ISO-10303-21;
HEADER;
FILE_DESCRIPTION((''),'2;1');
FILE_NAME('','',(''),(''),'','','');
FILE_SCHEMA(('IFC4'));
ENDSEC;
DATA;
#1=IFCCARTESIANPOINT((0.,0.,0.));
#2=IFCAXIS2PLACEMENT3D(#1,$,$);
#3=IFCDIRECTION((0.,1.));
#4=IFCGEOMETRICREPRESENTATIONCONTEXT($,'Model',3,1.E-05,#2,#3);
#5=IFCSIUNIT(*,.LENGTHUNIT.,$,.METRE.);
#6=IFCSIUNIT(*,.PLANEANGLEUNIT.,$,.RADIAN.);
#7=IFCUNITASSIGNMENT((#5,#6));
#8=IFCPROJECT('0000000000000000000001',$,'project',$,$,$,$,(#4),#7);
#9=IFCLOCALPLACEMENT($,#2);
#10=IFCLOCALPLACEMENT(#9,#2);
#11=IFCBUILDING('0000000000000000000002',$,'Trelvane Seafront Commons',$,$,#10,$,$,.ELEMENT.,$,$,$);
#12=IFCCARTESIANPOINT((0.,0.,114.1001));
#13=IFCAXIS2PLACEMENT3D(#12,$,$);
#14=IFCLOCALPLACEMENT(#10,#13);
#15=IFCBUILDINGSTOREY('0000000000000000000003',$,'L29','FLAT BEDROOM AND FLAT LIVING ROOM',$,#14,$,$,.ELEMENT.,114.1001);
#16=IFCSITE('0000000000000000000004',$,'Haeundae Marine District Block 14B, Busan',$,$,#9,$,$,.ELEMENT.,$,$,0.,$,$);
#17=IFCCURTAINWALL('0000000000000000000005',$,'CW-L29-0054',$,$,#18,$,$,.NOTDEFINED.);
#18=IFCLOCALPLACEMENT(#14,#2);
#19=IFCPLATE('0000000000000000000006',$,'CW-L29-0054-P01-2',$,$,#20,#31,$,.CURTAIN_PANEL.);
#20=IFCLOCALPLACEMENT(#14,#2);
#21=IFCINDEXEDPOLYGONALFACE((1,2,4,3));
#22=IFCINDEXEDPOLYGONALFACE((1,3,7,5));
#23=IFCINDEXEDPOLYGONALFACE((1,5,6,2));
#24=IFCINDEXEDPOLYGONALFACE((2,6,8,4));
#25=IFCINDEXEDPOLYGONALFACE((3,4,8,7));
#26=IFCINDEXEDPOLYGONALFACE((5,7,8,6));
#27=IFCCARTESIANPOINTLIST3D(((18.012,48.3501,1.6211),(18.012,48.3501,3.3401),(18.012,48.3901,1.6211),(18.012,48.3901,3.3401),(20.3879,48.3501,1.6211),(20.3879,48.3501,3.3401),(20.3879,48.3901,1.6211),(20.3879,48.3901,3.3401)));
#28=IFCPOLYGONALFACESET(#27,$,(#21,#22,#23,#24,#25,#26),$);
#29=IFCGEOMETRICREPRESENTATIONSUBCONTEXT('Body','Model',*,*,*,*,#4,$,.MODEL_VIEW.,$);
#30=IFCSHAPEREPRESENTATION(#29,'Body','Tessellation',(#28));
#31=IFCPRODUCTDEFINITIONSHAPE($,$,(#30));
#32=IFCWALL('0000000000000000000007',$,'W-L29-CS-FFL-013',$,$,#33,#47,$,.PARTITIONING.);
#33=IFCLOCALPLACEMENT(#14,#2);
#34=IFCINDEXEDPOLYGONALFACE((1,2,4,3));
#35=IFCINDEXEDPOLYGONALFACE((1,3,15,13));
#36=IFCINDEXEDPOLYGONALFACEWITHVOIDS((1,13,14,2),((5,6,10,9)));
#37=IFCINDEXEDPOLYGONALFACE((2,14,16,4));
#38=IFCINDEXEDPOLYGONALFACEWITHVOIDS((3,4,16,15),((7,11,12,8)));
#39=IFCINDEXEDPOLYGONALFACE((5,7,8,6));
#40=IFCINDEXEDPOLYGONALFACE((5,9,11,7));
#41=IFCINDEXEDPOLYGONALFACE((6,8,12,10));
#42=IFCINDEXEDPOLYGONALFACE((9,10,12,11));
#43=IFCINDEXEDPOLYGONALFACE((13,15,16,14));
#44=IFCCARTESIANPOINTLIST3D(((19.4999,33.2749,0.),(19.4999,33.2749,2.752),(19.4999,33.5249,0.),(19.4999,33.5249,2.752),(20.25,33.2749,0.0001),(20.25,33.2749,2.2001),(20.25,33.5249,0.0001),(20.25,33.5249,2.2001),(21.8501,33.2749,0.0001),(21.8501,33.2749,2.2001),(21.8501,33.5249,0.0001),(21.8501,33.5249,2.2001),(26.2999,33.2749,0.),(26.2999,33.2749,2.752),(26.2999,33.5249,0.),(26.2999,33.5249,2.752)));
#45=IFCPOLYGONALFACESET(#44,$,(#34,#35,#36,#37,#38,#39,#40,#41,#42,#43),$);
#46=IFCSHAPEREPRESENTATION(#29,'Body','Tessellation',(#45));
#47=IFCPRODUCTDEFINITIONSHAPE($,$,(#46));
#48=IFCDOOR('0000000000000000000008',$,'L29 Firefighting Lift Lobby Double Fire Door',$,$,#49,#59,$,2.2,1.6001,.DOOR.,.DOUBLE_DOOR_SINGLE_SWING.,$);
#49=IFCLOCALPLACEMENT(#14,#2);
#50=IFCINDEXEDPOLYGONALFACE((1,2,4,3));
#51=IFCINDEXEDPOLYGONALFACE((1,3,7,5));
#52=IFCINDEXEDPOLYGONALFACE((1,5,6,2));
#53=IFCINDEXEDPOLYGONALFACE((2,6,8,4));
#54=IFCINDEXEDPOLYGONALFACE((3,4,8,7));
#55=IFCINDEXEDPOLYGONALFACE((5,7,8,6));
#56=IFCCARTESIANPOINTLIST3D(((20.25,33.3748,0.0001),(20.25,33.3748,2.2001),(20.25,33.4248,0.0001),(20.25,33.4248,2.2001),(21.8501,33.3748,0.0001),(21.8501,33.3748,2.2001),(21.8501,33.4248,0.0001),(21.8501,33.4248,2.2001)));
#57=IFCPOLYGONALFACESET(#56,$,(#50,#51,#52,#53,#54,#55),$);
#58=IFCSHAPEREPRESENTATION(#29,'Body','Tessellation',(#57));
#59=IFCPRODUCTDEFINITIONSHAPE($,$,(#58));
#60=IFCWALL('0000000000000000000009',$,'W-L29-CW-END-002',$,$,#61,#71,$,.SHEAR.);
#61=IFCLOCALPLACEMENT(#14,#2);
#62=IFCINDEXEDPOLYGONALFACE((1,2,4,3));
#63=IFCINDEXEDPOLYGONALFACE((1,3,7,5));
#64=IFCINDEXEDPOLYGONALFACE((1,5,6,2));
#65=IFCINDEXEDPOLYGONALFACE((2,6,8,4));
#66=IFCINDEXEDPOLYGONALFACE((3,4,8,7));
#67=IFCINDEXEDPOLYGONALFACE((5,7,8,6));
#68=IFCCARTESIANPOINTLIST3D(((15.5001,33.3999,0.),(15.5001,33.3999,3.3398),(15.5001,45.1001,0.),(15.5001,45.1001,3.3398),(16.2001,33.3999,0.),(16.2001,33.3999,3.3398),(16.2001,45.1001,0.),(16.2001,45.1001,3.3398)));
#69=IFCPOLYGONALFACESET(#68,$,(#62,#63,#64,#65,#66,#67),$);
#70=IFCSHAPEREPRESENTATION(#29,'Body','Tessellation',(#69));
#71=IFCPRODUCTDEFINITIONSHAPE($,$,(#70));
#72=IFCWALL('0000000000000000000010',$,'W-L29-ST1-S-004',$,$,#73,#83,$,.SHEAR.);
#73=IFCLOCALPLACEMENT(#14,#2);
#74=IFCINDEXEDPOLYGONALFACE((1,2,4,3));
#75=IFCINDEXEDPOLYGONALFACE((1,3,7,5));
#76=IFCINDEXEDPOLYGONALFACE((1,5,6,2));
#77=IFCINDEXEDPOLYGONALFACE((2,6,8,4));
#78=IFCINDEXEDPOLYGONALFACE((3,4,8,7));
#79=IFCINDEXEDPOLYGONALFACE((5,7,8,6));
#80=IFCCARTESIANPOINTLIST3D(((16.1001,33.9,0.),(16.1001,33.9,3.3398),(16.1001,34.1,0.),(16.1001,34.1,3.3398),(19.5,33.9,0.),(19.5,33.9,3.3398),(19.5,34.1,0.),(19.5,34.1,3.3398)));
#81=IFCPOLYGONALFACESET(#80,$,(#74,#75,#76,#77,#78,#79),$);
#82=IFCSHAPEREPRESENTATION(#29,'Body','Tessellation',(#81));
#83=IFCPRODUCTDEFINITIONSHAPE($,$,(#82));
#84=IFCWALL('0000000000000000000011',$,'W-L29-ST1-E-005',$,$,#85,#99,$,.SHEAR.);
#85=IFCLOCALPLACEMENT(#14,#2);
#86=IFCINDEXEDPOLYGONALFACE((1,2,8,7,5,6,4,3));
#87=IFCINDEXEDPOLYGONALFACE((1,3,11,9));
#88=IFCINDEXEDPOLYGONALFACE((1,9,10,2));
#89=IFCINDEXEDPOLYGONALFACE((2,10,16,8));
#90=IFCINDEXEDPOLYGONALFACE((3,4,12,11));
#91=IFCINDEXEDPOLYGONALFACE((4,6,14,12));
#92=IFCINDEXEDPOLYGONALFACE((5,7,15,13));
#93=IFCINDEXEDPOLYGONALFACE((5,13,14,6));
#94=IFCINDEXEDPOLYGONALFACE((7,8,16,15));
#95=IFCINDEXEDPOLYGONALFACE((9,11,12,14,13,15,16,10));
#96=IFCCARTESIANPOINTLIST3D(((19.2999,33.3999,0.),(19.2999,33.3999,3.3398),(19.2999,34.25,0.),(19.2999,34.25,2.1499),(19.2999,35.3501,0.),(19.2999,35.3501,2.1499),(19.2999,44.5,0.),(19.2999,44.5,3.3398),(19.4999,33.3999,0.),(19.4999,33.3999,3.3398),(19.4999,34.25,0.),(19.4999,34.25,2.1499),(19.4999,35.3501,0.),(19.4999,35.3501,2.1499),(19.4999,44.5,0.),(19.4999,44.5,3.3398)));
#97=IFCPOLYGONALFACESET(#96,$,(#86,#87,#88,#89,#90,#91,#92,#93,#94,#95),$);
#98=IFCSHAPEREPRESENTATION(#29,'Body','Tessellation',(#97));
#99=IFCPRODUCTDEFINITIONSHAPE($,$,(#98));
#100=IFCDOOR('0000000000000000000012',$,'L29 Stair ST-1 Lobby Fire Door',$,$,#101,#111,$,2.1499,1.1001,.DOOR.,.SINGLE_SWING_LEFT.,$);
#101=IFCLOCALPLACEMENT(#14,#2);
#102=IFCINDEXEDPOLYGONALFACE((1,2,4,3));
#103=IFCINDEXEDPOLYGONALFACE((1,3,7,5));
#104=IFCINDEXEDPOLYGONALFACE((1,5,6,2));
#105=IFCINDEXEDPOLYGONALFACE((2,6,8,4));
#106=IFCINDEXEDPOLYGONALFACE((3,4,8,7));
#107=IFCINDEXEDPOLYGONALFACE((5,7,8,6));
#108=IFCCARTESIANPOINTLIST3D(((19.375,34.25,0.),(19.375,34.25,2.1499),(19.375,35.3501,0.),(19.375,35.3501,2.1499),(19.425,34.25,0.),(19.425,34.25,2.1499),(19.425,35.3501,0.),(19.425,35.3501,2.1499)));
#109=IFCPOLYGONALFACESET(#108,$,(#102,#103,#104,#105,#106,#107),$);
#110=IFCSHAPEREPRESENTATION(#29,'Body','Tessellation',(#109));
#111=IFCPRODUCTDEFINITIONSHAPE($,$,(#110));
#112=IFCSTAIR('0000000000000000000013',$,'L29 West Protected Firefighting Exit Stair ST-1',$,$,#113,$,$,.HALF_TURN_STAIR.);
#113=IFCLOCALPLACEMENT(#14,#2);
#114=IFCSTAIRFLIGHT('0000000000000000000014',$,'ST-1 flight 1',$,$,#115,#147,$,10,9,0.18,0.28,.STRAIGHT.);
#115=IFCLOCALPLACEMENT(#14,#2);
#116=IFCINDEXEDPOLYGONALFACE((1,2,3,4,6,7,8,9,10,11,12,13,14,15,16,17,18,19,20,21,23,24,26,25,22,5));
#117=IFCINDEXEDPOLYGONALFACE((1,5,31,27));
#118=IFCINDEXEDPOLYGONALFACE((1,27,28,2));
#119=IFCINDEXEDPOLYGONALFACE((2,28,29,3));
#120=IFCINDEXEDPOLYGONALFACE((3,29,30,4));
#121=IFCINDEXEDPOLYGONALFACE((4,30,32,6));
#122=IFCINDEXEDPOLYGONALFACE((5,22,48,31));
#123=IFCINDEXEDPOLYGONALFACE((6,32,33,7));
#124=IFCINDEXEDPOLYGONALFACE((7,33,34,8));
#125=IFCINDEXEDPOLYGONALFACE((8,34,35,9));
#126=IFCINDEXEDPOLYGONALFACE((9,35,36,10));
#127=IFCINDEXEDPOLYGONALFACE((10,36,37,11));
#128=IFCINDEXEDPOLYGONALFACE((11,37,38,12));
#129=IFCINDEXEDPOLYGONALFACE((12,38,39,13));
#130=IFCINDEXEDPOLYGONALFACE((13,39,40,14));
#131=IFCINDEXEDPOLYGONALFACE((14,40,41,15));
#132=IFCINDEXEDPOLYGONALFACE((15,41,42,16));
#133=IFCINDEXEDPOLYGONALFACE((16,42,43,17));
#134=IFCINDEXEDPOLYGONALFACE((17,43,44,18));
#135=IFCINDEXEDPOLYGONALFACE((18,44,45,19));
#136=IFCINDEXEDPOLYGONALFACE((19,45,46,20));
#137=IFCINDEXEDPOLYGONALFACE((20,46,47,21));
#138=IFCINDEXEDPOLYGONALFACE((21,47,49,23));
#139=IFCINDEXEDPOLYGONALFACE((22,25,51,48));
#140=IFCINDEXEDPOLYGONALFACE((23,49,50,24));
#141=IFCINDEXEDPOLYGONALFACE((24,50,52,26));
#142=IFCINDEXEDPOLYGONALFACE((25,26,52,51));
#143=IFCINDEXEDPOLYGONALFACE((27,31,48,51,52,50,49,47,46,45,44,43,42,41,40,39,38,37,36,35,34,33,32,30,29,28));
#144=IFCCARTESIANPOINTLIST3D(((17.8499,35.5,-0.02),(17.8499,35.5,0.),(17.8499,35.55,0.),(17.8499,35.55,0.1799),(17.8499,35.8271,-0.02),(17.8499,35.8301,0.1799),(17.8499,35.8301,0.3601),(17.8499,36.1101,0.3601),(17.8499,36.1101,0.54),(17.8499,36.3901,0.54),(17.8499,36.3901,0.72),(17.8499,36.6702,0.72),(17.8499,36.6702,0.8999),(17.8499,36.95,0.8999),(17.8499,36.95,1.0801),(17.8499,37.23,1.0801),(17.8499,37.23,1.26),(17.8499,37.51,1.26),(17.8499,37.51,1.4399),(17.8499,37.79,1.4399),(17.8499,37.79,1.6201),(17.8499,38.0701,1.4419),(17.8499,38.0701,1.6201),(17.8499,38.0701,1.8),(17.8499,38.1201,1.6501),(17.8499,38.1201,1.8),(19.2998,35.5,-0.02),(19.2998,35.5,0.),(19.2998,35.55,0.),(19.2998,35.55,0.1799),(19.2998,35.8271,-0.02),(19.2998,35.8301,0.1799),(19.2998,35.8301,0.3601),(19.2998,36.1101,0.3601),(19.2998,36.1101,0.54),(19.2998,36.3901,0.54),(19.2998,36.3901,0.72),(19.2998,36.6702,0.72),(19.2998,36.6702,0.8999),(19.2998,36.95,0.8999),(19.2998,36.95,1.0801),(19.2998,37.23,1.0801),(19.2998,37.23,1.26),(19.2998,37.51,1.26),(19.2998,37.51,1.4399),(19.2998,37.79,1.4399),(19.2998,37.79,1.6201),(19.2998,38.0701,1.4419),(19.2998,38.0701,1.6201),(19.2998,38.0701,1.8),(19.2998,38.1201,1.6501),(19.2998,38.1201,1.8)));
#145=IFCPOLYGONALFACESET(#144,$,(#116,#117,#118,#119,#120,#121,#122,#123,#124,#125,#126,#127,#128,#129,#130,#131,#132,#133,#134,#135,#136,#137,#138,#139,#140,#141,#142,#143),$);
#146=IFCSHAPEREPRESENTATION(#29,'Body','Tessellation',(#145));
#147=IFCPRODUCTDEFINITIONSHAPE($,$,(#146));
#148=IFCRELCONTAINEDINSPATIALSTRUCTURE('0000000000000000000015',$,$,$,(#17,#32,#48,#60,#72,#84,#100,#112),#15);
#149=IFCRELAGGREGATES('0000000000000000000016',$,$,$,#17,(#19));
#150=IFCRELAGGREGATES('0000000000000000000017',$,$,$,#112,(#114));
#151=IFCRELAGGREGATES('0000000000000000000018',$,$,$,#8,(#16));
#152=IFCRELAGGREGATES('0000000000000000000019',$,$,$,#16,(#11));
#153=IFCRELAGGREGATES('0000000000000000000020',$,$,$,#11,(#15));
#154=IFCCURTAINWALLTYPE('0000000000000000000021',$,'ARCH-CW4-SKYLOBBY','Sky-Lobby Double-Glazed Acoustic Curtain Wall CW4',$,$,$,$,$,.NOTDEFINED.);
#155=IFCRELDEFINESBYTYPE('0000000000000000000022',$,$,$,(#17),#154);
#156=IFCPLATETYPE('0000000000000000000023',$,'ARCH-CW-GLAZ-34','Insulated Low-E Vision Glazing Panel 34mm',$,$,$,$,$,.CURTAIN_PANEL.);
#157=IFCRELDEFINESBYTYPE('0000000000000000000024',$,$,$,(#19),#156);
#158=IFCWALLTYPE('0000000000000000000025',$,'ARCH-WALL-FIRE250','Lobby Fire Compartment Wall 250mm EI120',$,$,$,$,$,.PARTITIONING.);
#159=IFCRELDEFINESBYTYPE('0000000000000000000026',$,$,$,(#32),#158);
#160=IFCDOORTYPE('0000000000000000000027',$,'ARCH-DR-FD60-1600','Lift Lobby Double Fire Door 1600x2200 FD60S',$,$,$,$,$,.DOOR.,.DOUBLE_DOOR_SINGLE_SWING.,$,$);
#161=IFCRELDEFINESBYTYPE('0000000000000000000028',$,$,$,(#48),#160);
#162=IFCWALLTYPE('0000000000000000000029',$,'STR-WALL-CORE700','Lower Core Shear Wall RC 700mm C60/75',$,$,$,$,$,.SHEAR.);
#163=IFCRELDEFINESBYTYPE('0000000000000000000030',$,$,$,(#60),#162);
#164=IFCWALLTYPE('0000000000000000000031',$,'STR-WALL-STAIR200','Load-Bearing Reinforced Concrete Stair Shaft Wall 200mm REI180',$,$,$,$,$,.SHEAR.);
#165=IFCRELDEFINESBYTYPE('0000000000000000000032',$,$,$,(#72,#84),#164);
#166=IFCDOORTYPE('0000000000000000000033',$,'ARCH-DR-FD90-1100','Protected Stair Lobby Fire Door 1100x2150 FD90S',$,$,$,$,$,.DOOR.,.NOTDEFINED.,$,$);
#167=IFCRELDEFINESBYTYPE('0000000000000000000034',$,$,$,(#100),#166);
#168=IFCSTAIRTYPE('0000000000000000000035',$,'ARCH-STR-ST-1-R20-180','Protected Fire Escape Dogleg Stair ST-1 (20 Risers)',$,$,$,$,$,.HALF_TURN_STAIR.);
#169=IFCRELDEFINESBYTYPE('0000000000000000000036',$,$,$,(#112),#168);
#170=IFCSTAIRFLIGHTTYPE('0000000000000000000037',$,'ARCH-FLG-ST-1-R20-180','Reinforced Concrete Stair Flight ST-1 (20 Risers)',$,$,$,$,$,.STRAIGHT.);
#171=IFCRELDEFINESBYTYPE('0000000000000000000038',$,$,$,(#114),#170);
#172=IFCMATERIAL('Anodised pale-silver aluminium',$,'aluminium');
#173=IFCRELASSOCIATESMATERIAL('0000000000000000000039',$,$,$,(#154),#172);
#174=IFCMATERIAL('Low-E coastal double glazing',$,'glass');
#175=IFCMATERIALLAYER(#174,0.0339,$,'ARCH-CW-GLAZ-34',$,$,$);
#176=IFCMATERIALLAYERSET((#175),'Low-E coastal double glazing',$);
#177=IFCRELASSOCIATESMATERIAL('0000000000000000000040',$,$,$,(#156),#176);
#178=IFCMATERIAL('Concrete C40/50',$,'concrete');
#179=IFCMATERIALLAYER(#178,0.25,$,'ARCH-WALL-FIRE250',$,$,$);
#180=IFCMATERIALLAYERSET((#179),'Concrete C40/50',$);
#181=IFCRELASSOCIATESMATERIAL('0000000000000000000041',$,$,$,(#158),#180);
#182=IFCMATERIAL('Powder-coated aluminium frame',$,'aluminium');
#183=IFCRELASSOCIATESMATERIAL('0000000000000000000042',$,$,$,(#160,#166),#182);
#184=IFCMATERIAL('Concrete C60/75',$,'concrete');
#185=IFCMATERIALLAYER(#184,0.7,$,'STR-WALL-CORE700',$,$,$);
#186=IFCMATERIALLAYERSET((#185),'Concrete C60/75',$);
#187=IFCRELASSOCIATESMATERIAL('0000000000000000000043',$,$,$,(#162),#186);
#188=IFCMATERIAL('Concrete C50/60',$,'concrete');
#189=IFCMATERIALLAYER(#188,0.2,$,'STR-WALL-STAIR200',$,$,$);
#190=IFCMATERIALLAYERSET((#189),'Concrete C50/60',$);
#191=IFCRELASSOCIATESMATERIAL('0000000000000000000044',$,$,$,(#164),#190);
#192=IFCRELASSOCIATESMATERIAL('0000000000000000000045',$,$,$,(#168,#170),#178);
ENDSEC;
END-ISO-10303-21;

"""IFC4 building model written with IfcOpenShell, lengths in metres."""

from ifc_helpers import new_model, si_unit, direction, frame, frame_2d, origin, origin_2d, place, context, subcontext, project, spatial, polyline, rectangle, outline, extrude, source, transform, mapped, material, layer, layer_set, type_object, element, fill, aggregate, save


model = new_model("IFC4")

# Units and contexts
model_context = context("Model", 3, precision=1e-05, world=origin(), true_north=direction((0.0, 1.0)))
body_context = subcontext(model_context, "Body", "Model", "MODEL_VIEW")
ifc_project = project(units=[si_unit("LENGTHUNIT", "METRE"), si_unit("PLANEANGLEUNIT", "RADIAN")], contexts=[model_context])

# Site, building, storey
site_placement = place(None, origin())
site = spatial("IfcSite", under=ifc_project, at=site_placement, Name="Haeundae Marine District Block 14B, Busan", CompositionType="ELEMENT", RefElevation=0.0)
building_placement = place(site_placement, origin())
building = spatial("IfcBuilding", under=site, at=building_placement, Name="Trelvane Seafront Commons", CompositionType="ELEMENT")
storey_placement = place(building_placement, frame((0.0, 0.0, 114.1001)))
storey = spatial("IfcBuildingStorey", under=building, at=storey_placement, Name="L29", Description="FLAT BEDROOM AND FLAT LIVING ROOM", CompositionType="ELEMENT", Elevation=114.1001)

# Shared definitions
ifc_material_1 = material(Name="Concrete C60/75", Category="concrete")

# Curtain wall
ifc_material_2 = material(Name="Anodised pale-silver aluminium", Category="aluminium")
curtain_wall_type = type_object("IfcCurtainWallType", Name="ARCH-CW4-SKYLOBBY", Description="Sky-Lobby Double-Glazed Acoustic Curtain Wall CW4", PredefinedType="NOTDEFINED", material=ifc_material_2)
curtain_wall_placement = place(storey_placement, origin())
curtain_wall = element("IfcCurtainWall", 1, at=curtain_wall_placement, inside=storey, type_object=curtain_wall_type, Name="CW-L29-0054", PredefinedType="NOTDEFINED")

# Plate
ifc_material_3 = material(Name="Low-E coastal double glazing", Category="glass")
ifc_layer_1 = layer(ifc_material_3, 0.0339, Name="ARCH-CW-GLAZ-34")
ifc_layer_set_1 = layer_set([ifc_layer_1], Name="Low-E coastal double glazing")
plate_type_1 = type_object("IfcPlateType", Name="ARCH-CW-GLAZ-34", Description="Insulated Low-E Vision Glazing Panel 34mm", PredefinedType="CURTAIN_PANEL", material=ifc_layer_set_1)
shared_shape_1 = source(origin(), body_context, "Body", "SweptSolid", [
    extrude(rectangle(XDim=2.376, YDim=0.04, at=origin_2d()), origin(), (0.0, 0.0, 1.0), 1.719),
])
plate_1_placement = place(storey_placement, frame((19.2, 48.3701, 1.6211), z_axis=(0.0, 0.0, 1.0), x_axis=(1.0, 0.0, 0.0)))
plate_1 = element("IfcPlate", 2, at=plate_1_placement, type_object=plate_type_1, Name="CW-L29-0054-P01-2", PredefinedType="CURTAIN_PANEL", context=body_context, shape_type="MappedRepresentation", body=[
    mapped(shared_shape_1, transform((0.0, 0.0, 0.0), x_axis=(1.0, 0.0, 0.0), y_axis=(0.0, 1.0, 0.0), z_axis=(0.0, 0.0, 1.0), scale=1.0)),
])
aggregate(curtain_wall, [plate_1])

# Wall, opening, door
ifc_material_4 = material(Name="Concrete C40/50", Category="concrete")
ifc_layer_2 = layer(ifc_material_4, 0.25, Name="ARCH-WALL-FIRE250")
ifc_layer_set_2 = layer_set([ifc_layer_2], Name="Concrete C40/50")
wall_type_1 = type_object("IfcWallType", Name="ARCH-WALL-FIRE250", Description="Lobby Fire Compartment Wall 250mm EI120", PredefinedType="PARTITIONING", material=ifc_layer_set_2)
wall_1_placement = place(storey_placement, frame((19.5, 33.3999, 0.0), z_axis=(0.0, 0.0, 1.0), x_axis=(1.0, 0.0, 0.0)))
wall_1 = element("IfcWall", 3, at=wall_1_placement, inside=storey, type_object=wall_type_1, Name="W-L29-CS-FFL-013", PredefinedType="PARTITIONING", context=body_context, shape_type="SweptSolid", body=[
    extrude(rectangle(XDim=6.8, YDim=0.25, at=frame_2d((3.3999, 0.0))), origin(), (0.0, 0.0, 1.0), 2.752),
])
opening_1_placement = place(wall_1_placement, frame((0.75, 0.0, 0.0)))
opening_1 = element("IfcOpeningElement", 4, at=opening_1_placement, cuts=wall_1, PredefinedType="OPENING", context=body_context, shape_type="SweptSolid", body=[
    extrude(rectangle(XDim=1.6001, YDim=2.2, at=frame_2d((0.8, 1.1001))), frame((0.0, 0.135, 0.0), z_axis=(0.0, -1.0, 0.0), x_axis=(1.0, 0.0, 0.0)), (0.0, 0.0, 1.0), 0.27),
])
ifc_material_5 = material(Name="Powder-coated aluminium frame", Category="aluminium")
door_type_1 = type_object("IfcDoorType", Name="ARCH-DR-FD60-1600", Description="Lift Lobby Double Fire Door 1600x2200 FD60S", OperationType="DOUBLE_DOOR_SINGLE_SWING", PredefinedType="DOOR", material=ifc_material_5)
shared_shape_2 = source(origin(), body_context, "Body", "SweptSolid", [
    extrude(rectangle(XDim=1.6001, YDim=2.2, at=frame_2d((0.8, 1.1001))), frame((0.0, 0.0249, 0.0), z_axis=(0.0, -1.0, 0.0), x_axis=(1.0, 0.0, 0.0)), (0.0, 0.0, 1.0), 0.05),
])
door_1_placement = place(opening_1_placement, origin())
door_1 = element("IfcDoor", 5, at=door_1_placement, inside=storey, type_object=door_type_1, Name="L29 Firefighting Lift Lobby Double Fire Door", OperationType="DOUBLE_DOOR_SINGLE_SWING", OverallHeight=2.2, OverallWidth=1.6001, PredefinedType="DOOR", context=body_context, shape_type="MappedRepresentation", body=[
    mapped(shared_shape_2, transform((0.0, 0.0, 0.0), x_axis=(1.0, 0.0, 0.0), y_axis=(0.0, 1.0, 0.0), z_axis=(0.0, 0.0, 1.0), scale=1.0)),
])
fill(opening_1, door_1)

# Shared definitions
shared_shape_3 = source(origin(), body_context, "Body", "SweptSolid", [
    extrude(rectangle(XDim=1.1001, YDim=2.1499, at=frame_2d((0.55, 1.075))), frame((0.0, 0.0249, 0.0), z_axis=(0.0, -1.0, 0.0), x_axis=(1.0, 0.0, 0.0)), (0.0, 0.0, 1.0), 0.05),
])

# Walls
ifc_layer_3 = layer(ifc_material_1, 0.7, Name="STR-WALL-CORE700")
ifc_layer_set_3 = layer_set([ifc_layer_3], Name="Concrete C60/75")
wall_type_2 = type_object("IfcWallType", Name="STR-WALL-CORE700", Description="Lower Core Shear Wall RC 700mm C60/75", PredefinedType="SHEAR", material=ifc_layer_set_3)
wall_2_placement = place(storey_placement, frame((15.8501, 33.3999, 0.0), z_axis=(0.0, 0.0, 1.0), x_axis=(0.0, 1.0, 0.0)))
element("IfcWall", 6, at=wall_2_placement, inside=storey, type_object=wall_type_2, Name="W-L29-CW-END-002", PredefinedType="SHEAR", context=body_context, shape_type="SweptSolid", body=[
    extrude(rectangle(XDim=11.7002, YDim=0.7, at=frame_2d((5.8501, 0.0))), origin(), (0.0, 0.0, 1.0), 3.3398),
])
ifc_material_6 = material(Name="Concrete C50/60", Category="concrete")
ifc_layer_4 = layer(ifc_material_6, 0.2, Name="STR-WALL-STAIR200")
ifc_layer_set_4 = layer_set([ifc_layer_4], Name="Concrete C50/60")
wall_type_3 = type_object("IfcWallType", Name="STR-WALL-STAIR200", Description="Load-Bearing Reinforced Concrete Stair Shaft Wall 200mm REI180", PredefinedType="SHEAR", material=ifc_layer_set_4)
wall_3_placement = place(storey_placement, frame((16.1001, 34.0, 0.0), z_axis=(0.0, 0.0, 1.0), x_axis=(1.0, 0.0, 0.0)))
element("IfcWall", 7, at=wall_3_placement, inside=storey, type_object=wall_type_3, Name="W-L29-ST1-S-004", PredefinedType="SHEAR", context=body_context, shape_type="SweptSolid", body=[
    extrude(rectangle(XDim=3.3999, YDim=0.2, at=frame_2d((1.7, 0.0))), origin(), (0.0, 0.0, 1.0), 3.3398),
])

# Wall, opening, door
wall_4_placement = place(storey_placement, frame((19.3999, 33.3999, 0.0), z_axis=(0.0, 0.0, 1.0), x_axis=(0.0, 1.0, 0.0)))
wall_4 = element("IfcWall", 8, at=wall_4_placement, inside=storey, type_object=wall_type_3, Name="W-L29-ST1-E-005", PredefinedType="SHEAR", context=body_context, shape_type="SweptSolid", body=[
    extrude(rectangle(XDim=11.1001, YDim=0.2, at=frame_2d((5.55, 0.0))), origin(), (0.0, 0.0, 1.0), 3.3398),
])
opening_2_placement = place(wall_4_placement, frame((0.8501, 0.0, 0.0)))
opening_2 = element("IfcOpeningElement", 9, at=opening_2_placement, cuts=wall_4, PredefinedType="OPENING", context=body_context, shape_type="SweptSolid", body=[
    extrude(rectangle(XDim=1.1001, YDim=2.1499, at=frame_2d((0.55, 1.075))), frame((0.0, 0.1099, 0.0), z_axis=(0.0, -1.0, 0.0), x_axis=(1.0, 0.0, 0.0)), (0.0, 0.0, 1.0), 0.22),
])
door_type_2 = type_object("IfcDoorType", Name="ARCH-DR-FD90-1100", Description="Protected Stair Lobby Fire Door 1100x2150 FD90S", OperationType="NOTDEFINED", PredefinedType="DOOR", material=ifc_material_5)
door_2_placement = place(opening_2_placement, origin())
door_2 = element("IfcDoor", 10, at=door_2_placement, inside=storey, type_object=door_type_2, Name="L29 Stair ST-1 Lobby Fire Door", OperationType="SINGLE_SWING_LEFT", OverallHeight=2.1499, OverallWidth=1.1001, PredefinedType="DOOR", context=body_context, shape_type="MappedRepresentation", body=[
    mapped(shared_shape_3, transform((0.0, 0.0, 0.0), x_axis=(1.0, 0.0, 0.0), y_axis=(0.0, 1.0, 0.0), z_axis=(0.0, 0.0, 1.0), scale=1.0)),
])
fill(opening_2, door_2)

# Stair, stair flight
stair_type = type_object("IfcStairType", Name="ARCH-STR-ST-1-R20-180", Description="Protected Fire Escape Dogleg Stair ST-1 (20 Risers)", PredefinedType="HALF_TURN_STAIR", material=ifc_material_4)
stair_placement = place(storey_placement, origin())
stair = element("IfcStair", 11, at=stair_placement, inside=storey, type_object=stair_type, Name="L29 West Protected Firefighting Exit Stair ST-1", PredefinedType="HALF_TURN_STAIR")
stair_flight_type = type_object("IfcStairFlightType", Name="ARCH-FLG-ST-1-R20-180", Description="Reinforced Concrete Stair Flight ST-1 (20 Risers)", PredefinedType="STRAIGHT", material=ifc_material_4)
shared_shape_4 = source(origin(), body_context, "Body", "SweptSolid", [
    extrude(outline(polyline([(-0.05, -0.02), (-0.05, 0.0), (0.0, 0.0), (0.0, 0.1799), (0.28, 0.1799), (0.28, 0.3601), (0.5601, 0.3601), (0.5601, 0.54), (0.8401, 0.54), (0.8401, 0.72), (1.1201, 0.72), (1.1201, 0.8999), (1.3999, 0.8999), (1.3999, 1.0801), (1.6799, 1.0801), (1.6799, 1.26), (1.96, 1.26), (1.96, 1.4399), (2.24, 1.4399), (2.24, 1.6201), (2.52, 1.6201), (2.52, 1.8), (2.5701, 1.8), (2.5701, 1.6501), (2.52, 1.4419), (0.2771, -0.02), (-0.05, -0.02)])), frame((0.0, 0.7251, 0.0), z_axis=(0.0, -1.0, 0.0), x_axis=(1.0, 0.0, 0.0)), (0.0, 0.0, 1.0), 1.45),
])
stair_flight_1_placement = place(storey_placement, frame((18.575, 35.55, 0.0), z_axis=(0.0, 0.0, 1.0), x_axis=(0.0, 1.0, 0.0)))
stair_flight_1 = element("IfcStairFlight", 12, at=stair_flight_1_placement, type_object=stair_flight_type, Name="ST-1 flight 1", NumberOfRisers=10, NumberOfTreads=9, PredefinedType="STRAIGHT", RiserHeight=0.18, TreadLength=0.28, context=body_context, shape_type="MappedRepresentation", body=[
    mapped(shared_shape_4, transform((0.0, 0.0, 0.0), x_axis=(1.0, 0.0, 0.0), y_axis=(0.0, 1.0, 0.0), z_axis=(0.0, 0.0, 1.0), scale=1.0)),
])
aggregate(stair, [stair_flight_1])

save(model, "model.ifc")
